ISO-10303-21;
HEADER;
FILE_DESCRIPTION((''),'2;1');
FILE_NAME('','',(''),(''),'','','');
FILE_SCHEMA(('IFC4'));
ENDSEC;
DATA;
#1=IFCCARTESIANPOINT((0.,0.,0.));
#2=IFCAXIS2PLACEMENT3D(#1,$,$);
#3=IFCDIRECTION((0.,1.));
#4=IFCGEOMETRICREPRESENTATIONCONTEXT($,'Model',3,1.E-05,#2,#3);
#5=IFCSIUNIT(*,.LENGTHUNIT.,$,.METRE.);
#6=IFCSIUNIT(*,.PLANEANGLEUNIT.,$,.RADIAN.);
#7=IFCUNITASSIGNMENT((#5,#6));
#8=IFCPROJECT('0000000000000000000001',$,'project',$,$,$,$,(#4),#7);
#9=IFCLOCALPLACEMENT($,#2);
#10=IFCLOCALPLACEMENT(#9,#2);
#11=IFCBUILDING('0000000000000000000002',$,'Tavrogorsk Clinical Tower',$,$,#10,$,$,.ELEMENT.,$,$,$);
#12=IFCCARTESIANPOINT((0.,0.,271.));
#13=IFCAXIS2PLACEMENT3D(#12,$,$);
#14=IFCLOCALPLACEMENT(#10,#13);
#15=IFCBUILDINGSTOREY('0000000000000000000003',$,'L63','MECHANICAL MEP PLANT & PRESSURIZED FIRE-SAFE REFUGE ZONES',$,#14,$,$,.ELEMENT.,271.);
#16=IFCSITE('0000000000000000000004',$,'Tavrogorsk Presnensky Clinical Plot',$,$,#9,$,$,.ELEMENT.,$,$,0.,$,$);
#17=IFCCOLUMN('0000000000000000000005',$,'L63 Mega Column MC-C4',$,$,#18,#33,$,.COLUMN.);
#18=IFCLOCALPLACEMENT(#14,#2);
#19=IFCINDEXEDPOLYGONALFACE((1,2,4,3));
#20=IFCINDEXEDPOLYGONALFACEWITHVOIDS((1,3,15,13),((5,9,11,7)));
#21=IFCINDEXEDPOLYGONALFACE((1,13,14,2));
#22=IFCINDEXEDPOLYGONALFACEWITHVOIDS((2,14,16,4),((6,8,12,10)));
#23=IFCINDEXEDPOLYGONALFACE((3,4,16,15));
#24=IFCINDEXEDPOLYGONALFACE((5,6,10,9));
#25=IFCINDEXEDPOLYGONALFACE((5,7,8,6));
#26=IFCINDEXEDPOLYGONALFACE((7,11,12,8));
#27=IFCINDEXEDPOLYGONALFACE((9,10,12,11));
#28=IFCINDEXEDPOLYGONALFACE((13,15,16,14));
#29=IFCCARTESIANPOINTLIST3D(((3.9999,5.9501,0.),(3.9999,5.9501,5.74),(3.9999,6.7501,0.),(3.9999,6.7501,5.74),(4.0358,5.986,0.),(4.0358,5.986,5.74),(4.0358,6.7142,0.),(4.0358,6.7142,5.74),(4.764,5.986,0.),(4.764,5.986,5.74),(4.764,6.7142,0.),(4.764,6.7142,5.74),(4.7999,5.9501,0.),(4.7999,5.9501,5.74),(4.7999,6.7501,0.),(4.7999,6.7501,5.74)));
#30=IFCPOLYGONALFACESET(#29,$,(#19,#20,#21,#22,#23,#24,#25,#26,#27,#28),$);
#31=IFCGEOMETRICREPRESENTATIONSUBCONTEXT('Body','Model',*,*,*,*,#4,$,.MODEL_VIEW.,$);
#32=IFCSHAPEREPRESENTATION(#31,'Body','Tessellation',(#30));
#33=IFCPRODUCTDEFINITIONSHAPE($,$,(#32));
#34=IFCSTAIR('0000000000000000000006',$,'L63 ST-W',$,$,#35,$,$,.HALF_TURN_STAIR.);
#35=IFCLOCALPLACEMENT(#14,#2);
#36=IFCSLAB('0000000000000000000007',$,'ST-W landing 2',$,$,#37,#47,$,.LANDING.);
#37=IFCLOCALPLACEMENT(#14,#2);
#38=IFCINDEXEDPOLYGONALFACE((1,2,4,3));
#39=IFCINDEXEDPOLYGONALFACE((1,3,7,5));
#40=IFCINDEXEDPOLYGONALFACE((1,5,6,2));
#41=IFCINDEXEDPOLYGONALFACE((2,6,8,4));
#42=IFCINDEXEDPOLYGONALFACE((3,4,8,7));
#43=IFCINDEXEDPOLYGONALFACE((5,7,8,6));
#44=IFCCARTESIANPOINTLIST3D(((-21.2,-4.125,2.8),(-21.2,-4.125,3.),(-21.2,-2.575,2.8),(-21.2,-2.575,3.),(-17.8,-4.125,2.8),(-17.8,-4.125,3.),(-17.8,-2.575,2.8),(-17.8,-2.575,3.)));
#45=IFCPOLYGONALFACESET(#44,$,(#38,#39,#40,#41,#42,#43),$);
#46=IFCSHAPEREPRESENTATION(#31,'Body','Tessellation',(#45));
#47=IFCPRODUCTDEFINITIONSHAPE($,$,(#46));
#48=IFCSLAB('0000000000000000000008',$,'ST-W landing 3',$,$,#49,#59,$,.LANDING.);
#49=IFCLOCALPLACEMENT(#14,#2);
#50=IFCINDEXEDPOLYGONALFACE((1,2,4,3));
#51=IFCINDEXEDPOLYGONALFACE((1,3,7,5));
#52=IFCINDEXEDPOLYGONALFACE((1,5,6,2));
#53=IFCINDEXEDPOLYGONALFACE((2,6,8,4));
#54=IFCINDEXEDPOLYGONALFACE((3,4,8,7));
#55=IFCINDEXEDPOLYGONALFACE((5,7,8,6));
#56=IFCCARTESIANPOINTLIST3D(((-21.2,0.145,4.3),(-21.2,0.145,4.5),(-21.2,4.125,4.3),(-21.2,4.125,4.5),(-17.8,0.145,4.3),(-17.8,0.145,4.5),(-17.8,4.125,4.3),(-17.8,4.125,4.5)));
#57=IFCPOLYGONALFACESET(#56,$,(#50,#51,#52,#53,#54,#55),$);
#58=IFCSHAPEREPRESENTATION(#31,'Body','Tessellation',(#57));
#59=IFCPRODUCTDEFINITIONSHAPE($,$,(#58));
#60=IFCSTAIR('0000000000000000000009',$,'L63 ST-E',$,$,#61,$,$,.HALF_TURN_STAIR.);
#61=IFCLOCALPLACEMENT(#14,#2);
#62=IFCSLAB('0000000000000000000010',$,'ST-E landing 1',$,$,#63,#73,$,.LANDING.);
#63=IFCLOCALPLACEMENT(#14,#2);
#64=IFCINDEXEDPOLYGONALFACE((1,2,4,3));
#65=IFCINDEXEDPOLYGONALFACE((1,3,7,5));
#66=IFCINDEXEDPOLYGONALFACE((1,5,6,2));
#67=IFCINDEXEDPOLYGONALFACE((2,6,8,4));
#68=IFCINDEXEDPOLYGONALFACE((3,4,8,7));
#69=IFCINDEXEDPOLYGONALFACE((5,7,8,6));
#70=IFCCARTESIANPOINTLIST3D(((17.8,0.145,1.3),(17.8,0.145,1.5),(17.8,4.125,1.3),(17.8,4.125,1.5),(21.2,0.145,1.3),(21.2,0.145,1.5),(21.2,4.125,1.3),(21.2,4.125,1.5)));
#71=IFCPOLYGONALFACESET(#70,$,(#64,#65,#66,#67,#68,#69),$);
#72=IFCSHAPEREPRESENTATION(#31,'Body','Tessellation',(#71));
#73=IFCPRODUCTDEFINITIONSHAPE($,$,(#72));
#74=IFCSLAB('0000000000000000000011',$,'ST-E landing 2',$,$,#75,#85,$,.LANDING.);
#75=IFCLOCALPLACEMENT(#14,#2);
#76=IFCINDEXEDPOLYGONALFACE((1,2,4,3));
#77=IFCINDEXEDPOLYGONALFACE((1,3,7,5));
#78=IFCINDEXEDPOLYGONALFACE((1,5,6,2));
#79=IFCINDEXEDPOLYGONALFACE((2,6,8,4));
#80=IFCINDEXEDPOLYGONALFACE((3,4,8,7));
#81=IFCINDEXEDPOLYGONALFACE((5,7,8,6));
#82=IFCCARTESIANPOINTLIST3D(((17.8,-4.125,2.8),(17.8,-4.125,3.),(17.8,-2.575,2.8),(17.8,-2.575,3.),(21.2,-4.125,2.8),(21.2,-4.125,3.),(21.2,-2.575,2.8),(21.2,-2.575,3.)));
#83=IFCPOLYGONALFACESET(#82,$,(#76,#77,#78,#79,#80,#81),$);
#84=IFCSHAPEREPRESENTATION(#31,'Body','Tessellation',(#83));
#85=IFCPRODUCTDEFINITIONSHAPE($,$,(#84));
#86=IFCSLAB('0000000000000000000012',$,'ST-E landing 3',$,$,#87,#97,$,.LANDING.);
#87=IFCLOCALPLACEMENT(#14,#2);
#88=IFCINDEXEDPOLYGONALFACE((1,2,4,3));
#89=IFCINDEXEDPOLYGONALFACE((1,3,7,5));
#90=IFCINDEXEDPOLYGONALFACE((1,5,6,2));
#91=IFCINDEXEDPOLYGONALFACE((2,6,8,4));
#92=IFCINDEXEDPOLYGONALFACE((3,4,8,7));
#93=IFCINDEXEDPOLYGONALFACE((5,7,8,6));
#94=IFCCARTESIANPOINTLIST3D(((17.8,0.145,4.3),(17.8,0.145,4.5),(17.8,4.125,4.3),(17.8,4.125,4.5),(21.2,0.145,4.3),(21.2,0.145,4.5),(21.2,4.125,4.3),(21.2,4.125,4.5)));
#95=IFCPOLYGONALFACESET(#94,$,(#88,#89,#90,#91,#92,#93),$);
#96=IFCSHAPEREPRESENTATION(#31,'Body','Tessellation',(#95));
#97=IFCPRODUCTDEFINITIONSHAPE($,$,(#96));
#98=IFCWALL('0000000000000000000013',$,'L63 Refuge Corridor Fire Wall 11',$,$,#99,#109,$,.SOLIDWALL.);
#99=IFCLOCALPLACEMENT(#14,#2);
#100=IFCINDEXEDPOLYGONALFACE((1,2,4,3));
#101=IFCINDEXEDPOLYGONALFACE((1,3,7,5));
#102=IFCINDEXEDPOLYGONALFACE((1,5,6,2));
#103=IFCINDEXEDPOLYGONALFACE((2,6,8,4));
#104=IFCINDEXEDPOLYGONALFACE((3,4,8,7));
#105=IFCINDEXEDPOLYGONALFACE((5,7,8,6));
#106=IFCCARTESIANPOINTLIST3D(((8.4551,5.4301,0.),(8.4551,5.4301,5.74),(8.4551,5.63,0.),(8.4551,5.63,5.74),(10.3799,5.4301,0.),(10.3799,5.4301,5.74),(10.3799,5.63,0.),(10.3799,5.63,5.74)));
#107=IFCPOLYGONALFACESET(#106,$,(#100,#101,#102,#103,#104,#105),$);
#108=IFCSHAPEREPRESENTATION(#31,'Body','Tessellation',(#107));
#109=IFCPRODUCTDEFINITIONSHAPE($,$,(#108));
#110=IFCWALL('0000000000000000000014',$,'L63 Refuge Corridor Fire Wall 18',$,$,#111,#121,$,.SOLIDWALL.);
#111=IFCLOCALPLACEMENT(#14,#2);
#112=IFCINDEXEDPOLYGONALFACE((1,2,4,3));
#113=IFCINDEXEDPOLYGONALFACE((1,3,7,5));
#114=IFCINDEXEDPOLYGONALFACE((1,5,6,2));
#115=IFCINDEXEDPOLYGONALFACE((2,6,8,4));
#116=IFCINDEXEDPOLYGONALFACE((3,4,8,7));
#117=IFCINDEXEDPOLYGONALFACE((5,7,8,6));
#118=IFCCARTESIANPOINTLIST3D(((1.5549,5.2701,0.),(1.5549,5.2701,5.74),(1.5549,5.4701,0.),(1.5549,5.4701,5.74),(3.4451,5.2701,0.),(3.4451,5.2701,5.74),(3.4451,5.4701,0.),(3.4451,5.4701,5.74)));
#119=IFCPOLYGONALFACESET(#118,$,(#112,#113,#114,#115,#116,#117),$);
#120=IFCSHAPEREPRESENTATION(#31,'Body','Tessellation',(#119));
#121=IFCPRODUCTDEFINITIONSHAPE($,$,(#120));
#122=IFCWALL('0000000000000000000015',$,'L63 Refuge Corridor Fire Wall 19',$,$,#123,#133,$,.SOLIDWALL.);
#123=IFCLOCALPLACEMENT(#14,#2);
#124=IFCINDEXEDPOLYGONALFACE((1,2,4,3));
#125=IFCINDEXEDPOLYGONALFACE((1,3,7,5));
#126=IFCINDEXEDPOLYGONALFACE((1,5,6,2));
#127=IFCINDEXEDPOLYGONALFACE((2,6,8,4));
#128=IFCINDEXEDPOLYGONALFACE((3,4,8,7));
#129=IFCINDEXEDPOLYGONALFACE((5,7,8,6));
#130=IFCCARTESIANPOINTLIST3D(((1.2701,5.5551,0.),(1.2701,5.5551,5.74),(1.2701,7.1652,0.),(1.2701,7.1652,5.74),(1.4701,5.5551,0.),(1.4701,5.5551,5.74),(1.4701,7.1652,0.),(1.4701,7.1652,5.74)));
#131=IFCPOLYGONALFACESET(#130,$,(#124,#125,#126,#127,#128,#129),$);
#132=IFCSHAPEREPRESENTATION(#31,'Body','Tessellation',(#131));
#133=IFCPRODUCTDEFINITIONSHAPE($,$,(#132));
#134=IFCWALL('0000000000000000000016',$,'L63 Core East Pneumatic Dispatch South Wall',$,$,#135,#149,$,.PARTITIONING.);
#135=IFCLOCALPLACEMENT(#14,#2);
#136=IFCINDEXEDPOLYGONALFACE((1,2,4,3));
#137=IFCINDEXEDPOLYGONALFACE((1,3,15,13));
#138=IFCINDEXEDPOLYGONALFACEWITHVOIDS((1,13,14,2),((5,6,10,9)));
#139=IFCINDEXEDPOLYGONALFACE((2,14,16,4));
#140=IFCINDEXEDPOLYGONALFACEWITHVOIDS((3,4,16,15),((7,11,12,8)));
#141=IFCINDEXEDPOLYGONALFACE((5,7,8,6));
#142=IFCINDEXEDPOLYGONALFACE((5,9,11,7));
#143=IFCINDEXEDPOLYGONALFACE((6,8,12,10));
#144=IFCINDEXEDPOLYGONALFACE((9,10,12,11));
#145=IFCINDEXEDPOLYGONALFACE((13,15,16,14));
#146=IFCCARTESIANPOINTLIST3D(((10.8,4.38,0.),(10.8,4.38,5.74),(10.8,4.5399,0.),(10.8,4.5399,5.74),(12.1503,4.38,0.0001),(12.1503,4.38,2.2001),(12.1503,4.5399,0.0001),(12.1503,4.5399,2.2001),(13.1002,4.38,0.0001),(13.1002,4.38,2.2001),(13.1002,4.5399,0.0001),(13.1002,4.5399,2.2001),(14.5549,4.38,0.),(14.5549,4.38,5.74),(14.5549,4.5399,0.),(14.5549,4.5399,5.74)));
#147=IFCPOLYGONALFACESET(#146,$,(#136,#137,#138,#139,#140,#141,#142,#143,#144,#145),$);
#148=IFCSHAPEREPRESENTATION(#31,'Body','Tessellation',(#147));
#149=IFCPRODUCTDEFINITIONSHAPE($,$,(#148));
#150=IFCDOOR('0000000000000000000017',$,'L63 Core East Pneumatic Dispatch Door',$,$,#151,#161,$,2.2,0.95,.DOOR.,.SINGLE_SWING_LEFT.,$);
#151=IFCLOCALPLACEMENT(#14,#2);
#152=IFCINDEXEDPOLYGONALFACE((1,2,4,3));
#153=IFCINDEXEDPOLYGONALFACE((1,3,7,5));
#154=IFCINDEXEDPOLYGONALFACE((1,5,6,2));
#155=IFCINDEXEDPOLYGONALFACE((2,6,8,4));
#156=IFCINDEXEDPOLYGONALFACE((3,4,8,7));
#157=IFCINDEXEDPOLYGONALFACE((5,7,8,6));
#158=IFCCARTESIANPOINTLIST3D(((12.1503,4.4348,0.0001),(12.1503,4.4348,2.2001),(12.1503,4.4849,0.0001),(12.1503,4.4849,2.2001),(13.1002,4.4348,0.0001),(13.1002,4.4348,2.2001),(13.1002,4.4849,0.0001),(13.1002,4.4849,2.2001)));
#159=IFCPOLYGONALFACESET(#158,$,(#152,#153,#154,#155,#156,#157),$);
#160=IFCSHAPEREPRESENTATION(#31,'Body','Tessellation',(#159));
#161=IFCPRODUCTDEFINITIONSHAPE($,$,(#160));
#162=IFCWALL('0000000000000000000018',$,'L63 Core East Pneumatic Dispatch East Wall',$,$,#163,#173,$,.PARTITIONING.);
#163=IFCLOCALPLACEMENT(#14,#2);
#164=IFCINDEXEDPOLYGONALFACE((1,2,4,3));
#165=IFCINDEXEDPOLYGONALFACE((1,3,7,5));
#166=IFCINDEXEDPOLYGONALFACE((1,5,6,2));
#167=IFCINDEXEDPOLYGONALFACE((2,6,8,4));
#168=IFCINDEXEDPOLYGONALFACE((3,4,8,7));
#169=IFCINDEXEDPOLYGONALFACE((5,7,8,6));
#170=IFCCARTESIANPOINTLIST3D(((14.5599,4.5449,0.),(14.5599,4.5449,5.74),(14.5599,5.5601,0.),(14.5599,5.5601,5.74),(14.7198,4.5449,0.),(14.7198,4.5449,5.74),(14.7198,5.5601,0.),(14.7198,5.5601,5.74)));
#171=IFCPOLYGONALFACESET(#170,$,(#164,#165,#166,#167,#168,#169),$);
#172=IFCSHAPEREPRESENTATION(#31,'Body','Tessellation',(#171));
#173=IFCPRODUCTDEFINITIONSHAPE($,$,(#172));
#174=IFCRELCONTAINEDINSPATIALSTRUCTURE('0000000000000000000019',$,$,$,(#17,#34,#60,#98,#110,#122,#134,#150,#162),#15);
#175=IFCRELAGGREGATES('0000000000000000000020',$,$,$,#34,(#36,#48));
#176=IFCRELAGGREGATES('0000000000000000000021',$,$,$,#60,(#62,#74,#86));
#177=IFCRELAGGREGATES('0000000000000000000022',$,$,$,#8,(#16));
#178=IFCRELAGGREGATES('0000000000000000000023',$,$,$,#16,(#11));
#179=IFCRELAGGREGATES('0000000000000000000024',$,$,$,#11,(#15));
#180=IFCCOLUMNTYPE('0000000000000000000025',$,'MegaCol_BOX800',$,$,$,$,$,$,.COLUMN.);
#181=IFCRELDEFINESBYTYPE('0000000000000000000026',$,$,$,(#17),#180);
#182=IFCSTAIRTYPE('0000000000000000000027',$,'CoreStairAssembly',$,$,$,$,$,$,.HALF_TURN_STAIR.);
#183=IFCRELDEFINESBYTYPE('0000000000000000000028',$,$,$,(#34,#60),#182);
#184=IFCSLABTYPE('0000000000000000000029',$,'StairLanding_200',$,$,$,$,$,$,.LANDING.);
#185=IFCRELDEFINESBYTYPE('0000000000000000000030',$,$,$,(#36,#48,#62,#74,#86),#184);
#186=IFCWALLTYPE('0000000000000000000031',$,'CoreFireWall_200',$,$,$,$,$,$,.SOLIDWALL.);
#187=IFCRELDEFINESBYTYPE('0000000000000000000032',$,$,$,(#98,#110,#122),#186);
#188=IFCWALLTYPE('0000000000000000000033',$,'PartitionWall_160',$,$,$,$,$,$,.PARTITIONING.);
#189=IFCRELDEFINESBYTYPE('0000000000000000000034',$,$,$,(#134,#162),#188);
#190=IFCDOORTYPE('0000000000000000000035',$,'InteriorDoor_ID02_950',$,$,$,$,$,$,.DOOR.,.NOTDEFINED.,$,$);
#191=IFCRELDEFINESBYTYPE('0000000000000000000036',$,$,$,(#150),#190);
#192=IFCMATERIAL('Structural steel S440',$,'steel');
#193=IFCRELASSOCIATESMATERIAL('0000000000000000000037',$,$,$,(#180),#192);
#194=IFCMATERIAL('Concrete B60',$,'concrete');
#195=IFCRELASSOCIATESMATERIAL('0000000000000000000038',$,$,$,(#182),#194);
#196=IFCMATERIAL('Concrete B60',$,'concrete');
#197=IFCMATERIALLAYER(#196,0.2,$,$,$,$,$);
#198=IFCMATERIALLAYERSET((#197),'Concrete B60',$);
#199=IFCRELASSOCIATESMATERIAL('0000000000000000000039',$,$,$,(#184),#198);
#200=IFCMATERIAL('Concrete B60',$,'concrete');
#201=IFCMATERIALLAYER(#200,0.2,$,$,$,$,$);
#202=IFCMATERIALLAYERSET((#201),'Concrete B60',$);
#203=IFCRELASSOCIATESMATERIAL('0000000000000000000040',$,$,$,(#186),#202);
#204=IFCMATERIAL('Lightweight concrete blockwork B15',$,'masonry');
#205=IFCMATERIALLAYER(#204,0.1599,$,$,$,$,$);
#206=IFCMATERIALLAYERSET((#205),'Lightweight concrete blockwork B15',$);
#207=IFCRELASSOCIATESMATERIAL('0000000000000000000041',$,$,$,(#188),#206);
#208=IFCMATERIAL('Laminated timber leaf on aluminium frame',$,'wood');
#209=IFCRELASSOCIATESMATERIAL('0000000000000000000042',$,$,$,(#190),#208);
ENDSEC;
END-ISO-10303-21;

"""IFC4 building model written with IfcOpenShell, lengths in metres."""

from ifc_helpers import new_model, si_unit, direction, frame, frame_2d, origin, origin_2d, place, context, subcontext, project, spatial, polyline, rectangle, hollow_rectangle, outline, extrude, material, layer, layer_set, material_profile, profile_set, type_object, element, fill, aggregate, save


model = new_model("IFC4")

# Units and contexts
model_context = context("Model", 3, precision=1e-05, world=origin(), true_north=direction((0.0, 1.0)))
body_context = subcontext(model_context, "Body", "Model", "MODEL_VIEW")
ifc_project = project(units=[si_unit("LENGTHUNIT", "METRE"), si_unit("PLANEANGLEUNIT", "RADIAN")], contexts=[model_context])

# Site, building, storey
site_placement = place(None, origin())
site = spatial("IfcSite", under=ifc_project, at=site_placement, Name="Tavrogorsk Presnensky Clinical Plot", CompositionType="ELEMENT", RefElevation=0.0)
building_placement = place(site_placement, origin())
building = spatial("IfcBuilding", under=site, at=building_placement, Name="Tavrogorsk Clinical Tower", CompositionType="ELEMENT")
storey_placement = place(building_placement, frame((0.0, 0.0, 271.0)))
storey = spatial("IfcBuildingStorey", under=building, at=storey_placement, Name="L63", Description="MECHANICAL MEP PLANT & PRESSURIZED FIRE-SAFE REFUGE ZONES", CompositionType="ELEMENT", Elevation=271.0)

# Column
ifc_material_1 = material(Name="Structural steel S440", Category="steel")
ifc_material_profile = material_profile(ifc_material_1, hollow_rectangle(XDim=0.8, YDim=0.8, WallThickness=0.0359, at=origin_2d()), Name="BOX-800x800x36")
ifc_profile_set = profile_set([ifc_material_profile], Name="Structural steel S440")
column_type = type_object("IfcColumnType", Name="MegaCol_BOX800", PredefinedType="COLUMN", material=ifc_profile_set)
column_placement = place(storey_placement, frame((4.3999, 6.3501, 0.0), z_axis=(0.0, 0.0, 1.0), x_axis=(1.0, 0.0, 0.0)))
element("IfcColumn", 1, at=column_placement, inside=storey, type_object=column_type, Name="L63 Mega Column MC-C4", PredefinedType="COLUMN", context=body_context, shape_type="SweptSolid", body=[
    extrude(hollow_rectangle(XDim=0.8, YDim=0.8, WallThickness=0.0359, at=origin_2d()), origin(), (0.0, 0.0, 1.0), 5.74),
])

# Stairs, slabs
ifc_material_2 = material(Name="Concrete B60", Category="concrete")
stair_type = type_object("IfcStairType", Name="CoreStairAssembly", PredefinedType="HALF_TURN_STAIR", material=ifc_material_2)
stair_1_placement = place(storey_placement, origin())
stair_1 = element("IfcStair", 2, at=stair_1_placement, inside=storey, type_object=stair_type, Name="L63 ST-W", PredefinedType="HALF_TURN_STAIR")
ifc_material_3 = material(Name="Concrete B60", Category="concrete")
ifc_layer_1 = layer(ifc_material_3, 0.2)
ifc_layer_set_1 = layer_set([ifc_layer_1], Name="Concrete B60")
slab_type = type_object("IfcSlabType", Name="StairLanding_200", PredefinedType="LANDING", material=ifc_layer_set_1)
slab_1_placement = place(storey_placement, frame((0.0, 0.0, 2.8)))
slab_1 = element("IfcSlab", 3, at=slab_1_placement, type_object=slab_type, Name="ST-W landing 2", PredefinedType="LANDING", context=body_context, shape_type="SweptSolid", body=[
    extrude(outline(polyline([(-17.8, -4.125), (-17.8, -2.575), (-21.2, -2.575), (-21.2, -4.125), (-17.8, -4.125)])), origin(), (0.0, 0.0, 1.0), 0.2),
])
slab_2_placement = place(storey_placement, frame((0.0, 0.0, 4.3)))
slab_2 = element("IfcSlab", 4, at=slab_2_placement, type_object=slab_type, Name="ST-W landing 3", PredefinedType="LANDING", context=body_context, shape_type="SweptSolid", body=[
    extrude(outline(polyline([(-17.8, 0.145), (-17.8, 4.125), (-21.2, 4.125), (-21.2, 0.145), (-17.8, 0.145)])), origin(), (0.0, 0.0, 1.0), 0.2),
])
aggregate(stair_1, [slab_1, slab_2])
stair_2_placement = place(storey_placement, origin())
stair_2 = element("IfcStair", 5, at=stair_2_placement, inside=storey, type_object=stair_type, Name="L63 ST-E", PredefinedType="HALF_TURN_STAIR")
slab_3_placement = place(storey_placement, frame((0.0, 0.0, 1.3)))
slab_3 = element("IfcSlab", 6, at=slab_3_placement, type_object=slab_type, Name="ST-E landing 1", PredefinedType="LANDING", context=body_context, shape_type="SweptSolid", body=[
    extrude(outline(polyline([(21.2, 0.145), (21.2, 4.125), (17.8, 4.125), (17.8, 0.145), (21.2, 0.145)])), origin(), (0.0, 0.0, 1.0), 0.2),
])
slab_4_placement = place(storey_placement, frame((0.0, 0.0, 2.8)))
slab_4 = element("IfcSlab", 7, at=slab_4_placement, type_object=slab_type, Name="ST-E landing 2", PredefinedType="LANDING", context=body_context, shape_type="SweptSolid", body=[
    extrude(outline(polyline([(21.2, -4.125), (21.2, -2.575), (17.8, -2.575), (17.8, -4.125), (21.2, -4.125)])), origin(), (0.0, 0.0, 1.0), 0.2),
])
slab_5_placement = place(storey_placement, frame((0.0, 0.0, 4.3)))
slab_5 = element("IfcSlab", 8, at=slab_5_placement, type_object=slab_type, Name="ST-E landing 3", PredefinedType="LANDING", context=body_context, shape_type="SweptSolid", body=[
    extrude(outline(polyline([(21.2, 0.145), (21.2, 4.125), (17.8, 4.125), (17.8, 0.145), (21.2, 0.145)])), origin(), (0.0, 0.0, 1.0), 0.2),
])
aggregate(stair_2, [slab_3, slab_4, slab_5])

# Walls
ifc_material_4 = material(Name="Concrete B60", Category="concrete")
ifc_layer_2 = layer(ifc_material_4, 0.2)
ifc_layer_set_2 = layer_set([ifc_layer_2], Name="Concrete B60")
wall_type_1 = type_object("IfcWallType", Name="CoreFireWall_200", PredefinedType="SOLIDWALL", material=ifc_layer_set_2)
wall_1_placement = place(storey_placement, frame((8.4551, 5.53, 0.0), z_axis=(0.0, 0.0, 1.0), x_axis=(1.0, 0.0, 0.0)))
element("IfcWall", 9, at=wall_1_placement, inside=storey, type_object=wall_type_1, Name="L63 Refuge Corridor Fire Wall 11", PredefinedType="SOLIDWALL", context=body_context, shape_type="SweptSolid", body=[
    extrude(rectangle(XDim=1.9248, YDim=0.2, at=frame_2d((0.9624, 0.0))), origin(), (0.0, 0.0, 1.0), 5.74),
])
wall_2_placement = place(storey_placement, frame((3.4451, 5.3701, 0.0), z_axis=(0.0, 0.0, 1.0), x_axis=(-1.0, 0.0, 0.0)))
element("IfcWall", 10, at=wall_2_placement, inside=storey, type_object=wall_type_1, Name="L63 Refuge Corridor Fire Wall 18", PredefinedType="SOLIDWALL", context=body_context, shape_type="SweptSolid", body=[
    extrude(rectangle(XDim=1.8901, YDim=0.2, at=frame_2d((0.9451, 0.0))), origin(), (0.0, 0.0, 1.0), 5.74),
])
wall_3_placement = place(storey_placement, frame((1.3701, 5.5549, 0.0), z_axis=(0.0, 0.0, 1.0), x_axis=(0.0, 1.0, 0.0)))
element("IfcWall", 11, at=wall_3_placement, inside=storey, type_object=wall_type_1, Name="L63 Refuge Corridor Fire Wall 19", PredefinedType="SOLIDWALL", context=body_context, shape_type="SweptSolid", body=[
    extrude(rectangle(XDim=1.6101, YDim=0.2, at=frame_2d((0.8052, 0.0))), origin(), (0.0, 0.0, 1.0), 5.74),
])

# Wall, opening, door
ifc_material_5 = material(Name="Lightweight concrete blockwork B15", Category="masonry")
ifc_layer_3 = layer(ifc_material_5, 0.1599)
ifc_layer_set_3 = layer_set([ifc_layer_3], Name="Lightweight concrete blockwork B15")
wall_type_2 = type_object("IfcWallType", Name="PartitionWall_160", PredefinedType="PARTITIONING", material=ifc_layer_set_3)
wall_4_placement = place(storey_placement, frame((10.8, 4.46, 0.0), z_axis=(0.0, 0.0, 1.0), x_axis=(1.0, 0.0, 0.0)))
wall_4 = element("IfcWall", 12, at=wall_4_placement, inside=storey, type_object=wall_type_2, Name="L63 Core East Pneumatic Dispatch South Wall", PredefinedType="PARTITIONING", context=body_context, shape_type="SweptSolid", body=[
    extrude(rectangle(XDim=3.7549, YDim=0.1599, at=frame_2d((1.8774, 0.0))), origin(), (0.0, 0.0, 1.0), 5.74),
])
opening_1_placement = place(wall_4_placement, frame((1.3501, 0.0, 0.0)))
opening_1 = element("IfcOpeningElement", 13, at=opening_1_placement, cuts=wall_4, PredefinedType="OPENING", context=body_context, shape_type="SweptSolid", body=[
    extrude(rectangle(XDim=0.95, YDim=2.2, at=frame_2d((0.4751, 1.1001))), frame((0.0, 0.0898, 0.0), z_axis=(0.0, -1.0, 0.0), x_axis=(1.0, 0.0, 0.0)), (0.0, 0.0, 1.0), 0.1799),
])
ifc_material_6 = material(Name="Laminated timber leaf on aluminium frame", Category="wood")
door_type_1 = type_object("IfcDoorType", Name="InteriorDoor_ID02_950", OperationType="NOTDEFINED", PredefinedType="DOOR", material=ifc_material_6)
door_1_placement = place(opening_1_placement, origin())
door_1 = element("IfcDoor", 14, at=door_1_placement, inside=storey, type_object=door_type_1, Name="L63 Core East Pneumatic Dispatch Door", OperationType="SINGLE_SWING_LEFT", OverallHeight=2.2, OverallWidth=0.95, PredefinedType="DOOR", context=body_context, shape_type="SweptSolid", body=[
    extrude(rectangle(XDim=0.95, YDim=2.2, at=frame_2d((0.4751, 1.1001))), frame((0.0, 0.0249, 0.0), z_axis=(0.0, -1.0, 0.0), x_axis=(1.0, 0.0, 0.0)), (0.0, 0.0, 1.0), 0.05),
])
fill(opening_1, door_1)

# Wall
wall_5_placement = place(storey_placement, frame((14.6399, 4.5449, 0.0), z_axis=(0.0, 0.0, 1.0), x_axis=(0.0, 1.0, 0.0)))
element("IfcWall", 15, at=wall_5_placement, inside=storey, type_object=wall_type_2, Name="L63 Core East Pneumatic Dispatch East Wall", PredefinedType="PARTITIONING", context=body_context, shape_type="SweptSolid", body=[
    extrude(rectangle(XDim=1.0151, YDim=0.1599, at=frame_2d((0.5076, 0.0))), origin(), (0.0, 0.0, 1.0), 5.74),
])

save(model, "model.ifc")
